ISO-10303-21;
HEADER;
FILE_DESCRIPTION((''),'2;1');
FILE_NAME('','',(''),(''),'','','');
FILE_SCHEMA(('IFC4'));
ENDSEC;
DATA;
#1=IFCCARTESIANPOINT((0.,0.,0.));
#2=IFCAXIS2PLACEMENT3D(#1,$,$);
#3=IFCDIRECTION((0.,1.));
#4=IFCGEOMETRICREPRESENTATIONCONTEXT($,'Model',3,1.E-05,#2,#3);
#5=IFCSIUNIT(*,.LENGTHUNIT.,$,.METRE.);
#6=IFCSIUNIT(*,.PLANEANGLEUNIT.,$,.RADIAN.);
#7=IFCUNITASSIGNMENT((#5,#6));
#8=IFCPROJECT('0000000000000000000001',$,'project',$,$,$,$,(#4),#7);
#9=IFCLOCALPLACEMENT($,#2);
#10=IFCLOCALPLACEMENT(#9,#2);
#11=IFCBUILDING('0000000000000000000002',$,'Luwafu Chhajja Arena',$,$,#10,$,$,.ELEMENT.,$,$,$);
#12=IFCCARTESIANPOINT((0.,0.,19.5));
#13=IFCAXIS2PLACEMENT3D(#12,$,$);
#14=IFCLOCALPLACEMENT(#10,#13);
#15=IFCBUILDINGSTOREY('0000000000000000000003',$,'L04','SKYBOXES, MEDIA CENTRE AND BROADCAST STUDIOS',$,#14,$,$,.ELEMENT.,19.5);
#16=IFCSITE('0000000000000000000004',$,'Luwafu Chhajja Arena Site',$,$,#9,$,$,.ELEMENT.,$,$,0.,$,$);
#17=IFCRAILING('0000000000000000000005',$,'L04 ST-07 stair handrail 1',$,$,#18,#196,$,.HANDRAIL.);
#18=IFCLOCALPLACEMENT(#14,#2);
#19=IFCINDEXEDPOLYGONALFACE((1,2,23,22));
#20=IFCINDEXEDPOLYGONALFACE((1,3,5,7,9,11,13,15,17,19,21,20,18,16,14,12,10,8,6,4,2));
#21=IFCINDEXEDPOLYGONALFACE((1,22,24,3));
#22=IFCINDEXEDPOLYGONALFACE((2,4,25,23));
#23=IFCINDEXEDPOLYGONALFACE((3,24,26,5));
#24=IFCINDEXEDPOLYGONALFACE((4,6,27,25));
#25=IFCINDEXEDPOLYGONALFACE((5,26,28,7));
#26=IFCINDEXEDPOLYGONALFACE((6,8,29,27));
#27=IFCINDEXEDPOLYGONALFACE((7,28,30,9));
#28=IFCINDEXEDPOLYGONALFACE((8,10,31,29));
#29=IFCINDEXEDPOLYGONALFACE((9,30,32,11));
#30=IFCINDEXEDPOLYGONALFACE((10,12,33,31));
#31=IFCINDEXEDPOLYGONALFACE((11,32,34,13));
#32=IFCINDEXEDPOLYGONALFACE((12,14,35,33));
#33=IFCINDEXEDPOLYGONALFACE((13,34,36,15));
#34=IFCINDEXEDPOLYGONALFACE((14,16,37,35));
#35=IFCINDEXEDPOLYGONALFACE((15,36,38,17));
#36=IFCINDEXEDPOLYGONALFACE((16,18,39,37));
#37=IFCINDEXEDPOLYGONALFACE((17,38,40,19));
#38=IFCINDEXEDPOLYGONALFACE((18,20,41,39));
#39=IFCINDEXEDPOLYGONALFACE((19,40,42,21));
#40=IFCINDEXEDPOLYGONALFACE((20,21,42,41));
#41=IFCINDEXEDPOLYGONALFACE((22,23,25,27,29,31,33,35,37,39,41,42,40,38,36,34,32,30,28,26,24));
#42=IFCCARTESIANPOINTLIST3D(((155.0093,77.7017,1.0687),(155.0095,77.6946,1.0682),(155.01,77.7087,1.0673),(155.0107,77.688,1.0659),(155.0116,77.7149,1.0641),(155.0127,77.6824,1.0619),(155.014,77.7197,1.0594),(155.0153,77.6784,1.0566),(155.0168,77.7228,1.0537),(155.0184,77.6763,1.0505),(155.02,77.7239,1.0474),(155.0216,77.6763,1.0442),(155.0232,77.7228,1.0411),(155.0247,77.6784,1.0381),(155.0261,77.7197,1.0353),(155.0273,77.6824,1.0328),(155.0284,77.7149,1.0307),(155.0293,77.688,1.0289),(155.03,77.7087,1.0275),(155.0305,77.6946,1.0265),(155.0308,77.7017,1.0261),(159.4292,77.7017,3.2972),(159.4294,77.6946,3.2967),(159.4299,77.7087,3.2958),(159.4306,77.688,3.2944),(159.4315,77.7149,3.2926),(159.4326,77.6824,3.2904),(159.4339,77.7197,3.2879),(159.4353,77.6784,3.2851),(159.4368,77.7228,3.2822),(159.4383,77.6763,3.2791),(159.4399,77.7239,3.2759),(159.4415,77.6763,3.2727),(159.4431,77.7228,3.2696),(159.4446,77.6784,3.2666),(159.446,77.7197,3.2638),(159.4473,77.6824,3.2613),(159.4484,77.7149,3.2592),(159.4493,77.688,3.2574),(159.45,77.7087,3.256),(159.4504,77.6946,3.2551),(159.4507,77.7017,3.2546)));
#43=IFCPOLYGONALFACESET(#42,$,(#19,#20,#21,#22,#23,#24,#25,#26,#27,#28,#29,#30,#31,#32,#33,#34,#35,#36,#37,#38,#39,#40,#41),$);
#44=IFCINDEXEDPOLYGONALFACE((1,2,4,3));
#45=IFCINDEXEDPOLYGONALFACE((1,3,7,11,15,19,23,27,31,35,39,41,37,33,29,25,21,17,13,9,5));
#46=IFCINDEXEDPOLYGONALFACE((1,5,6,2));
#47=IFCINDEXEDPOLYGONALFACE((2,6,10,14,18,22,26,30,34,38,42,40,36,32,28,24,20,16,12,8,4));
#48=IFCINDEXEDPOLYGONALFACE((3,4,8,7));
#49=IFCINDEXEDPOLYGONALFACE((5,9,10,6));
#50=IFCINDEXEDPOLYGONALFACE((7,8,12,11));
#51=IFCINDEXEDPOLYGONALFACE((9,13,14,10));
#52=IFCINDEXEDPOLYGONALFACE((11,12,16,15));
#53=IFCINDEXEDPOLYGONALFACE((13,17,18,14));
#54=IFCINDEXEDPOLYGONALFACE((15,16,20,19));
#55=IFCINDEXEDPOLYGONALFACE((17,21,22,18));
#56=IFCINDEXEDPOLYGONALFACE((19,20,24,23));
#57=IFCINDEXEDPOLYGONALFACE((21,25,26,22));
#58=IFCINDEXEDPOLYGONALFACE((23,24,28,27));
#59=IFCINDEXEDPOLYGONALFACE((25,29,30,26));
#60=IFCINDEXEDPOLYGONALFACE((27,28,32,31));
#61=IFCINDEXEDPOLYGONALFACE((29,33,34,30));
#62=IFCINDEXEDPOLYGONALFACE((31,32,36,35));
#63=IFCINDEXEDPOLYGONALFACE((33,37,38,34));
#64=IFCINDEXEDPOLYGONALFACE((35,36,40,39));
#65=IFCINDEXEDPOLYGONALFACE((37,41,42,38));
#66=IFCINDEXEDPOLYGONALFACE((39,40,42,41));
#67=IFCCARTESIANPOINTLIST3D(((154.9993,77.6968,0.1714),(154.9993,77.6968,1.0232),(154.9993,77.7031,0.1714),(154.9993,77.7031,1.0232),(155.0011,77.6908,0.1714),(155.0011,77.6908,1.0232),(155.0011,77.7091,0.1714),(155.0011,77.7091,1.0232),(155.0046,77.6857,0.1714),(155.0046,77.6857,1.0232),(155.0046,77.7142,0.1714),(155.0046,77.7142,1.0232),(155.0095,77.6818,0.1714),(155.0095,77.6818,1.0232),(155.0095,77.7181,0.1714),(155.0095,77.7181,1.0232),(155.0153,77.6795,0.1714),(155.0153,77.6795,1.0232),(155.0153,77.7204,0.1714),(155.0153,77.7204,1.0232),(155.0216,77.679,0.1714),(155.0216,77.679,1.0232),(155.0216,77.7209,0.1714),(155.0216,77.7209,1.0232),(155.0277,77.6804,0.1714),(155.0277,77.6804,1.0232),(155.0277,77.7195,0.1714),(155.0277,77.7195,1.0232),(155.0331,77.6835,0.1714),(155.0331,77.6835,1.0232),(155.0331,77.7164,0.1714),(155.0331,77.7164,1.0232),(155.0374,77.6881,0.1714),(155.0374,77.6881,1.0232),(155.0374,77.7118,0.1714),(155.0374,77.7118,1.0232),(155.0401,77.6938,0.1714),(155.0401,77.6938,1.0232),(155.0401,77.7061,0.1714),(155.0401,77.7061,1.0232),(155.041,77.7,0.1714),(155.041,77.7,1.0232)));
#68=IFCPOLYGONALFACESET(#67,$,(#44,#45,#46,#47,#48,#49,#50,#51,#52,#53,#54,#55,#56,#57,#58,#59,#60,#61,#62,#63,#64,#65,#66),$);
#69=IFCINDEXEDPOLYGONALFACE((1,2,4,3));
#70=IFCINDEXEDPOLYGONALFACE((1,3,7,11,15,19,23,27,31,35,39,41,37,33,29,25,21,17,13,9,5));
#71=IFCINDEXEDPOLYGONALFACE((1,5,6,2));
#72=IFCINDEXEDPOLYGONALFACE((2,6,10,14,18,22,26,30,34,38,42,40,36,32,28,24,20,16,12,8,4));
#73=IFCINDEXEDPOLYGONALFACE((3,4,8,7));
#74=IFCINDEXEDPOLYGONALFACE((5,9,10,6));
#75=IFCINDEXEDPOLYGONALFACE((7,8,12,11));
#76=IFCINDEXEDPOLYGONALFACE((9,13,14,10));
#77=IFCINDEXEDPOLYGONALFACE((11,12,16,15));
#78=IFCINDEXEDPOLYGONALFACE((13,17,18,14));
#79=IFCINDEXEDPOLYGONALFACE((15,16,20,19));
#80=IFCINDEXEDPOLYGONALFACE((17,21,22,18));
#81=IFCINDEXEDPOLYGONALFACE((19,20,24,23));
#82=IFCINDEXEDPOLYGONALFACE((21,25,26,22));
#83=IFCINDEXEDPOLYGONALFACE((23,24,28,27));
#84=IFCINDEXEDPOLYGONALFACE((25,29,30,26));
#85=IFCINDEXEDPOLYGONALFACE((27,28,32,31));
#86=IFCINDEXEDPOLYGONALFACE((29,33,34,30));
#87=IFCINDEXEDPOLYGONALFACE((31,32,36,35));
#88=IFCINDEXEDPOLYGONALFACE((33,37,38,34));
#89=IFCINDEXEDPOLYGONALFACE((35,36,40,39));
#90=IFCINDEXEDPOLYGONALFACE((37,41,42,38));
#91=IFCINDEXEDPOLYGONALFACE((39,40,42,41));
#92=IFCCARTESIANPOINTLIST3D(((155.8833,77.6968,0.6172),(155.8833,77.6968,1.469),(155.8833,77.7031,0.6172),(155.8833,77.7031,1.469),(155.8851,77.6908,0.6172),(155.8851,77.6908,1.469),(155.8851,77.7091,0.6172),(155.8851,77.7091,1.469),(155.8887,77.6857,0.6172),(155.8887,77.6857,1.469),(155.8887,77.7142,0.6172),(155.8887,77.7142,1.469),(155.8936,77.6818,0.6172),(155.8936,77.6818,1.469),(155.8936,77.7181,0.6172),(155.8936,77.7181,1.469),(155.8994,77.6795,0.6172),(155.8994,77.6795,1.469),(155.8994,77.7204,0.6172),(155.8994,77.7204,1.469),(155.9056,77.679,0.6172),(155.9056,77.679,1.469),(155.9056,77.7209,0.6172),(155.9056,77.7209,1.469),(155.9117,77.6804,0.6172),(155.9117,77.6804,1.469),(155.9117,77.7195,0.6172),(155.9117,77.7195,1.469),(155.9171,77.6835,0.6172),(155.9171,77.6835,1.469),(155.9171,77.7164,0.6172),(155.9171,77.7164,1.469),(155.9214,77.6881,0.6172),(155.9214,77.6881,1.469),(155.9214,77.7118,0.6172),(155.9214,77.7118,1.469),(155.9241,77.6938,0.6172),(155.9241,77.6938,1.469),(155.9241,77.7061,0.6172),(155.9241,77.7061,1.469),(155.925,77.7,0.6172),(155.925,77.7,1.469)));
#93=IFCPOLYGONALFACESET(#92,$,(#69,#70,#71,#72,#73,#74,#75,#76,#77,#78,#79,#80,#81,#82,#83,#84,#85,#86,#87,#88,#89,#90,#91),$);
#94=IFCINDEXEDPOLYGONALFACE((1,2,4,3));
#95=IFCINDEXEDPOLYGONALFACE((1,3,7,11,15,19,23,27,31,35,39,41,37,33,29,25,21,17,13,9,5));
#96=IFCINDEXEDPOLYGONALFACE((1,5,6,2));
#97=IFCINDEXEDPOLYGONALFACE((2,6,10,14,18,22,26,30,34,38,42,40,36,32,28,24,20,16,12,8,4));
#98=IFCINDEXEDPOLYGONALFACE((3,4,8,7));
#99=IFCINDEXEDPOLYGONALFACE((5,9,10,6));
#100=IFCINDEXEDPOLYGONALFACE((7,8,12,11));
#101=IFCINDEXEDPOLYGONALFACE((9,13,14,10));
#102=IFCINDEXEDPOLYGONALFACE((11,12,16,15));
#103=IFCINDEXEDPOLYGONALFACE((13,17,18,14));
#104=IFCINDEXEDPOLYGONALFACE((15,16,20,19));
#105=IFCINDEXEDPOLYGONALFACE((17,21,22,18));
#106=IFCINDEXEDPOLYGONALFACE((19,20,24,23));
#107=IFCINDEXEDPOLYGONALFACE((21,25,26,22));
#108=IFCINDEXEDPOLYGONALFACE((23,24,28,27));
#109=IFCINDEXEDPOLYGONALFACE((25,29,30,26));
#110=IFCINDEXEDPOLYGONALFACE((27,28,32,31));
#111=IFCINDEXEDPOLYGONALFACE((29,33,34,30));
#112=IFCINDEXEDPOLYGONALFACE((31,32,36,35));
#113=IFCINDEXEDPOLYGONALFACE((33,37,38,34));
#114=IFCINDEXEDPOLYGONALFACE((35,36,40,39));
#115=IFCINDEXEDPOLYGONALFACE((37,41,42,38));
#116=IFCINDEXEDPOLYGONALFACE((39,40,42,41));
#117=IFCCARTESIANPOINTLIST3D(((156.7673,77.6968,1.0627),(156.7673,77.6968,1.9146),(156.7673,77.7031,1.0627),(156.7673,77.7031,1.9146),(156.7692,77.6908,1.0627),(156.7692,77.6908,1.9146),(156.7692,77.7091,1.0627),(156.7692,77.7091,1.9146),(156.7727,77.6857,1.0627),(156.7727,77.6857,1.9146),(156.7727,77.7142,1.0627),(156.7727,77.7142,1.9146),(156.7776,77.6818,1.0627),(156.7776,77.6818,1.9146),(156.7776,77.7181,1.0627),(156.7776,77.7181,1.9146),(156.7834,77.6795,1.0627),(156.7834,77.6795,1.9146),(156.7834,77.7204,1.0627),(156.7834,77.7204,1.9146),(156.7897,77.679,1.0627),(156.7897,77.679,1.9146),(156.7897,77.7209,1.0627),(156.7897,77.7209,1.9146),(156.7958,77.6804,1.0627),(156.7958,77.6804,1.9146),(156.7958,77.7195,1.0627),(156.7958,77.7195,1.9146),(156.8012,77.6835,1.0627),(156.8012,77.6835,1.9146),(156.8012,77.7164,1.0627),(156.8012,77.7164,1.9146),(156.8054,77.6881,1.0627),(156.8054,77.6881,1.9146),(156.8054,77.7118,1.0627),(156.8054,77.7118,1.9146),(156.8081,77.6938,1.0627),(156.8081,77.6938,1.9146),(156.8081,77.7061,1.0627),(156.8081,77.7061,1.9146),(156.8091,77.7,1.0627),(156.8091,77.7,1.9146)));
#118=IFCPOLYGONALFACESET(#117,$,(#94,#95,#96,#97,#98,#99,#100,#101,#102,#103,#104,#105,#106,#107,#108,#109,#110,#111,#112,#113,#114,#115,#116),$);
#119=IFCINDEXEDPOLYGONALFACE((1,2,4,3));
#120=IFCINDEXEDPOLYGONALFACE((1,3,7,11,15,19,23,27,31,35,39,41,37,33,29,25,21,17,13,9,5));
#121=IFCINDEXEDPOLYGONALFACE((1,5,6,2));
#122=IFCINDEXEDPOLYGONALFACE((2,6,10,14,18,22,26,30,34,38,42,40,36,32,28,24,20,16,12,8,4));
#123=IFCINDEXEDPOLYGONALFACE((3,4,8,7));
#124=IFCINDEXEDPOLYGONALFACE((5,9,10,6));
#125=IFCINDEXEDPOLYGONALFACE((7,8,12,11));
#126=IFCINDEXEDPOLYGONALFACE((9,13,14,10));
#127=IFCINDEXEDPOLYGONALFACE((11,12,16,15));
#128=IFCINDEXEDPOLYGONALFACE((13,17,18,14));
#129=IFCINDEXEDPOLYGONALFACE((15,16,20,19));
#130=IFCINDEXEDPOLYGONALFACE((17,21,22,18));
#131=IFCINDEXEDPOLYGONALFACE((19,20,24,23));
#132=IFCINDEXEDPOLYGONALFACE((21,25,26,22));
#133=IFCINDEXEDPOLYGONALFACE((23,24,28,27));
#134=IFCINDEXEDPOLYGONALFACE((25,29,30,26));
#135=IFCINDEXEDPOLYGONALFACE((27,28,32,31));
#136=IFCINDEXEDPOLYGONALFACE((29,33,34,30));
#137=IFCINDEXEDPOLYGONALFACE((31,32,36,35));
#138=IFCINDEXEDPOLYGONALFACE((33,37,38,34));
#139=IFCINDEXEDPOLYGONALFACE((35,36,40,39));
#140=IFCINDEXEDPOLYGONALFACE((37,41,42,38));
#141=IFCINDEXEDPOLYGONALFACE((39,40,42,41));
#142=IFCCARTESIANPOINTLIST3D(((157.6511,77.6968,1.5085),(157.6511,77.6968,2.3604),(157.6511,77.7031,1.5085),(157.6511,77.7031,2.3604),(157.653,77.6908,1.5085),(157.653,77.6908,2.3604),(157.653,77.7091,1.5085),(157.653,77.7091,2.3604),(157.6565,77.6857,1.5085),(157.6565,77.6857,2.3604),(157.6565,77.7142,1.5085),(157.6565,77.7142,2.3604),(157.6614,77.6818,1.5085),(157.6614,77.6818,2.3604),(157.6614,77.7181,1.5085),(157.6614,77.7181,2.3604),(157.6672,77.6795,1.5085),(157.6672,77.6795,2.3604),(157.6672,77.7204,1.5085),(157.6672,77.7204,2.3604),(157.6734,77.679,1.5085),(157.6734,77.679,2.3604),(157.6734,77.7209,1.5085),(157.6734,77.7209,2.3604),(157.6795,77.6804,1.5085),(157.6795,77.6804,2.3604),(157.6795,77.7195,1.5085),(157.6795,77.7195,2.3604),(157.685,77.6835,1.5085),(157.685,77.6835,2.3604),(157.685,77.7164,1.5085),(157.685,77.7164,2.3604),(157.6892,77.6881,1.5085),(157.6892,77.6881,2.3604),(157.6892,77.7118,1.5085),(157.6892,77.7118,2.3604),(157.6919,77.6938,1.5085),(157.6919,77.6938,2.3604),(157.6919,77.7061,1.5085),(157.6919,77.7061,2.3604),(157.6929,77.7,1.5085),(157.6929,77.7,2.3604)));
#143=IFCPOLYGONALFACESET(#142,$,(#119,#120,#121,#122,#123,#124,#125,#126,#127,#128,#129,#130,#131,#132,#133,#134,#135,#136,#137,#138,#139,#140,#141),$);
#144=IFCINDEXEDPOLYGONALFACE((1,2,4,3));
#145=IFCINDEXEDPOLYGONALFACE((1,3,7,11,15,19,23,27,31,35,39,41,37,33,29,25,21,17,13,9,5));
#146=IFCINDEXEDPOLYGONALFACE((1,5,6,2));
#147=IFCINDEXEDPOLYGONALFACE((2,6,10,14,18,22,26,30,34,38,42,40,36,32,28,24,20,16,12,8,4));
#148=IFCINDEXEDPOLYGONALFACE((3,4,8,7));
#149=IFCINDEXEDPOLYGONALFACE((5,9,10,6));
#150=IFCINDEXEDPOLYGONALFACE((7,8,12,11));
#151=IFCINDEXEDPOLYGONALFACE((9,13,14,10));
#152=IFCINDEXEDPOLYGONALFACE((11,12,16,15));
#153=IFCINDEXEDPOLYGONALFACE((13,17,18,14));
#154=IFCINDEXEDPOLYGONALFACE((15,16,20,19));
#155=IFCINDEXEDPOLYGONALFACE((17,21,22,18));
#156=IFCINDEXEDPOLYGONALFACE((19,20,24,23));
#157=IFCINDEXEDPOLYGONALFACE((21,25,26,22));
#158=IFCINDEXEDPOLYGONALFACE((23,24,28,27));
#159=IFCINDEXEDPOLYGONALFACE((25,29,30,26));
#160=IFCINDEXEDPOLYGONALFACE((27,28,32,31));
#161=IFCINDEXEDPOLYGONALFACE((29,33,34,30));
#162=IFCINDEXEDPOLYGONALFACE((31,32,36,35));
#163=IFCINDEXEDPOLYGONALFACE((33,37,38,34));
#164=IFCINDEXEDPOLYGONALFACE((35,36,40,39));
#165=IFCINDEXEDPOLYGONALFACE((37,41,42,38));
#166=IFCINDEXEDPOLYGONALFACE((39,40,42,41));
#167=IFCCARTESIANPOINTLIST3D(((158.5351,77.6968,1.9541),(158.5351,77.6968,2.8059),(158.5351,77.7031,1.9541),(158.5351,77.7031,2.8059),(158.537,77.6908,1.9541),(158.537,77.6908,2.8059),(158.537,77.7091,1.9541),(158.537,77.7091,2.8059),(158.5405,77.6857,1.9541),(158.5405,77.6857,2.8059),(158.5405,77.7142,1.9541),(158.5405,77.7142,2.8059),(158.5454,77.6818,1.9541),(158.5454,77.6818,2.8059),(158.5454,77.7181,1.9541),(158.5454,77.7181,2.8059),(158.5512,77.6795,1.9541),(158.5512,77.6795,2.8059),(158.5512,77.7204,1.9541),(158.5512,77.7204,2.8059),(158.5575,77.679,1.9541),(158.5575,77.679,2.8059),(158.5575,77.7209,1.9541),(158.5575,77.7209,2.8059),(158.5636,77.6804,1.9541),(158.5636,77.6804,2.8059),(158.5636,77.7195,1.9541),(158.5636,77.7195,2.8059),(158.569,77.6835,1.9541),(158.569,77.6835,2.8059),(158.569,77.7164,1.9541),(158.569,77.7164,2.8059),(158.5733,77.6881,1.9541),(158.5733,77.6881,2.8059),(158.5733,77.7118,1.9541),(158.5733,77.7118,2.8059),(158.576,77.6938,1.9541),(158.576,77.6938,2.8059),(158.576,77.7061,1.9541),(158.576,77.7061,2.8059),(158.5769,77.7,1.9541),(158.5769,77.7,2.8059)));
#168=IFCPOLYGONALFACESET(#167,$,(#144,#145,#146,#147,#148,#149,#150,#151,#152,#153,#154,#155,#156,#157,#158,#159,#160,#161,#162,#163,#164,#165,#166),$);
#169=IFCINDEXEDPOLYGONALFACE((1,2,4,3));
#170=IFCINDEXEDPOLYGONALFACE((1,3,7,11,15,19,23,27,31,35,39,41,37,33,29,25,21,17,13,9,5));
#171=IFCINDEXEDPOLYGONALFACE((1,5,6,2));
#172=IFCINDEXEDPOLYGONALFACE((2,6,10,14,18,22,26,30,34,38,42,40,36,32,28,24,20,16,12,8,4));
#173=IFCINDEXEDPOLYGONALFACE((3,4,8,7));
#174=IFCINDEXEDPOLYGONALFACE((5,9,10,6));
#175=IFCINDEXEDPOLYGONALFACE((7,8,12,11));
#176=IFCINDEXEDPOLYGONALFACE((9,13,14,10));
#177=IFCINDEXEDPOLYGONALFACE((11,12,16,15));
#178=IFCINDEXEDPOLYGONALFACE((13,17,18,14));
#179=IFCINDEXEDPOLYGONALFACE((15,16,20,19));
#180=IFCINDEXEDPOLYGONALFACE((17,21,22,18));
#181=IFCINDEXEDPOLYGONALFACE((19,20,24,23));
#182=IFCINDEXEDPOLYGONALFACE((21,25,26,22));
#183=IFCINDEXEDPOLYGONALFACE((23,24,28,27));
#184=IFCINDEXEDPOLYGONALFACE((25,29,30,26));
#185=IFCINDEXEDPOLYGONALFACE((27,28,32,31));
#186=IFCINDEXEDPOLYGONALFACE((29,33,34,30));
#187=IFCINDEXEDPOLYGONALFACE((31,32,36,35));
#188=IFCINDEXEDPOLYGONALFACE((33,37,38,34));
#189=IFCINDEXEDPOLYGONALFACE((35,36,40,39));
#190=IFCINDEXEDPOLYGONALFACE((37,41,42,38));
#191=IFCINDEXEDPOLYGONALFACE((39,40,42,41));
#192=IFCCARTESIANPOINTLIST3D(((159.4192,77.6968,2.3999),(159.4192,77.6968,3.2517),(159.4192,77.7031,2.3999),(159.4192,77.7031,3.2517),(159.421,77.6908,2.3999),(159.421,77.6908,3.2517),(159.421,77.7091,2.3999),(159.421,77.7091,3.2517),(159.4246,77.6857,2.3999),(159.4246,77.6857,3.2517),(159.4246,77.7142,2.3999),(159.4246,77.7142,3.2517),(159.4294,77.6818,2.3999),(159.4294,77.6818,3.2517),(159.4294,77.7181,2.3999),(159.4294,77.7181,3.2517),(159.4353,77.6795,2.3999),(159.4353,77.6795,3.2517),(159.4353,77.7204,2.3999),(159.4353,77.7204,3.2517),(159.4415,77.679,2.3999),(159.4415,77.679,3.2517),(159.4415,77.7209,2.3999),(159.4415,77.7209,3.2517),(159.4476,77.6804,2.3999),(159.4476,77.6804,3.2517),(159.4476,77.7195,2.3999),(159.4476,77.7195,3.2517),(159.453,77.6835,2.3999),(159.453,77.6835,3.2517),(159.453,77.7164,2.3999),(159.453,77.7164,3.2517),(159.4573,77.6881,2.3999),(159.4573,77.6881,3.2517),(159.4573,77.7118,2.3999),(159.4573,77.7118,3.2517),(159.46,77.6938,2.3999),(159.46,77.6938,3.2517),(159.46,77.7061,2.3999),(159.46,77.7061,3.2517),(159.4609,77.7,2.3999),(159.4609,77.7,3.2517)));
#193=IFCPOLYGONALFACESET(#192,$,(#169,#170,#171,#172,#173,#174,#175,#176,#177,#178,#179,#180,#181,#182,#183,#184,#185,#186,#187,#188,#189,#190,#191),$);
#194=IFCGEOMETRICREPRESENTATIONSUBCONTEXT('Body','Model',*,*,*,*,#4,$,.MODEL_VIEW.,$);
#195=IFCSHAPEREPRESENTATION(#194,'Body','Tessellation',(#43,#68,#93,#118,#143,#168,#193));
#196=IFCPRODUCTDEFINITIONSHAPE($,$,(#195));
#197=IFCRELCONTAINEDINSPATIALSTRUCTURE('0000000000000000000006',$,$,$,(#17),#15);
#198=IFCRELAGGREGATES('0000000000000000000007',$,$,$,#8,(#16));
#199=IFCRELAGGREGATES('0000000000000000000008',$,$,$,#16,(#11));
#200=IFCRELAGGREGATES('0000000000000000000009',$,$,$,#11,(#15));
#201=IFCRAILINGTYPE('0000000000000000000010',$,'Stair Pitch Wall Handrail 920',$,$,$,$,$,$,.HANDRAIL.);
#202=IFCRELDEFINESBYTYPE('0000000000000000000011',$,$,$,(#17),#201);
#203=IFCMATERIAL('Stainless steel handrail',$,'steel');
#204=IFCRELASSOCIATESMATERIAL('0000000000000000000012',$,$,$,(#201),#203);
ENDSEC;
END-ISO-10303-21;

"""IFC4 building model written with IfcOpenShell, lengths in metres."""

from ifc_helpers import new_model, si_unit, direction, frame, origin, origin_2d, place, context, subcontext, project, spatial, circle, extrude, material, type_object, element, save


model = new_model("IFC4")

# Units and contexts
model_context = context("Model", 3, precision=1e-05, world=origin(), true_north=direction((0.0, 1.0)))
body_context = subcontext(model_context, "Body", "Model", "MODEL_VIEW")
ifc_project = project(units=[si_unit("LENGTHUNIT", "METRE"), si_unit("PLANEANGLEUNIT", "RADIAN")], contexts=[model_context])

# Site, building, storey
site_placement = place(None, origin())
site = spatial("IfcSite", under=ifc_project, at=site_placement, Name="Luwafu Chhajja Arena Site", CompositionType="ELEMENT", RefElevation=0.0)
building_placement = place(site_placement, origin())
building = spatial("IfcBuilding", under=site, at=building_placement, Name="Luwafu Chhajja Arena", CompositionType="ELEMENT")
storey_placement = place(building_placement, frame((0.0, 0.0, 19.5)))
storey = spatial("IfcBuildingStorey", under=building, at=storey_placement, Name="L04", Description="SKYBOXES, MEDIA CENTRE AND BROADCAST STUDIOS", CompositionType="ELEMENT", Elevation=19.5)

# Railing
ifc_material_1 = material(Name="Stainless steel handrail", Category="steel")
railing_type_1 = type_object("IfcRailingType", Name="Stair Pitch Wall Handrail 920", PredefinedType="HANDRAIL", material=ifc_material_1)
railing_1_placement = place(storey_placement, frame((155.02, 77.7, 0.1714)))
element("IfcRailing", 1, at=railing_1_placement, inside=storey, type_object=railing_type_1, Name="L04 ST-07 stair handrail 1", PredefinedType="HANDRAIL", context=body_context, shape_type="SweptSolid", body=[
    extrude(circle(Radius=0.0239, at=origin_2d()), frame((0.0, 0.0, 0.876), z_axis=(0.892923, 0.0, 0.45021), x_axis=(0.0, 1.0, 0.0)), (0.0, 0.0, 1.0), 4.95),
    extrude(circle(Radius=0.021, at=origin_2d()), origin(), (0.0, 0.0, 1.0), 0.8518),
    extrude(circle(Radius=0.021, at=origin_2d()), frame((0.884, 0.0, 0.4458)), (0.0, 0.0, 1.0), 0.8518),
    extrude(circle(Radius=0.021, at=origin_2d()), frame((1.7681, 0.0, 0.8914)), (0.0, 0.0, 1.0), 0.8518),
    extrude(circle(Radius=0.021, at=origin_2d()), frame((2.6519, 0.0, 1.3372)), (0.0, 0.0, 1.0), 0.8518),
    extrude(circle(Radius=0.021, at=origin_2d()), frame((3.5359, 0.0, 1.7827)), (0.0, 0.0, 1.0), 0.8518),
    extrude(circle(Radius=0.021, at=origin_2d()), frame((4.4199, 0.0, 2.2285)), (0.0, 0.0, 1.0), 0.8518),
])

save(model, "model.ifc")
